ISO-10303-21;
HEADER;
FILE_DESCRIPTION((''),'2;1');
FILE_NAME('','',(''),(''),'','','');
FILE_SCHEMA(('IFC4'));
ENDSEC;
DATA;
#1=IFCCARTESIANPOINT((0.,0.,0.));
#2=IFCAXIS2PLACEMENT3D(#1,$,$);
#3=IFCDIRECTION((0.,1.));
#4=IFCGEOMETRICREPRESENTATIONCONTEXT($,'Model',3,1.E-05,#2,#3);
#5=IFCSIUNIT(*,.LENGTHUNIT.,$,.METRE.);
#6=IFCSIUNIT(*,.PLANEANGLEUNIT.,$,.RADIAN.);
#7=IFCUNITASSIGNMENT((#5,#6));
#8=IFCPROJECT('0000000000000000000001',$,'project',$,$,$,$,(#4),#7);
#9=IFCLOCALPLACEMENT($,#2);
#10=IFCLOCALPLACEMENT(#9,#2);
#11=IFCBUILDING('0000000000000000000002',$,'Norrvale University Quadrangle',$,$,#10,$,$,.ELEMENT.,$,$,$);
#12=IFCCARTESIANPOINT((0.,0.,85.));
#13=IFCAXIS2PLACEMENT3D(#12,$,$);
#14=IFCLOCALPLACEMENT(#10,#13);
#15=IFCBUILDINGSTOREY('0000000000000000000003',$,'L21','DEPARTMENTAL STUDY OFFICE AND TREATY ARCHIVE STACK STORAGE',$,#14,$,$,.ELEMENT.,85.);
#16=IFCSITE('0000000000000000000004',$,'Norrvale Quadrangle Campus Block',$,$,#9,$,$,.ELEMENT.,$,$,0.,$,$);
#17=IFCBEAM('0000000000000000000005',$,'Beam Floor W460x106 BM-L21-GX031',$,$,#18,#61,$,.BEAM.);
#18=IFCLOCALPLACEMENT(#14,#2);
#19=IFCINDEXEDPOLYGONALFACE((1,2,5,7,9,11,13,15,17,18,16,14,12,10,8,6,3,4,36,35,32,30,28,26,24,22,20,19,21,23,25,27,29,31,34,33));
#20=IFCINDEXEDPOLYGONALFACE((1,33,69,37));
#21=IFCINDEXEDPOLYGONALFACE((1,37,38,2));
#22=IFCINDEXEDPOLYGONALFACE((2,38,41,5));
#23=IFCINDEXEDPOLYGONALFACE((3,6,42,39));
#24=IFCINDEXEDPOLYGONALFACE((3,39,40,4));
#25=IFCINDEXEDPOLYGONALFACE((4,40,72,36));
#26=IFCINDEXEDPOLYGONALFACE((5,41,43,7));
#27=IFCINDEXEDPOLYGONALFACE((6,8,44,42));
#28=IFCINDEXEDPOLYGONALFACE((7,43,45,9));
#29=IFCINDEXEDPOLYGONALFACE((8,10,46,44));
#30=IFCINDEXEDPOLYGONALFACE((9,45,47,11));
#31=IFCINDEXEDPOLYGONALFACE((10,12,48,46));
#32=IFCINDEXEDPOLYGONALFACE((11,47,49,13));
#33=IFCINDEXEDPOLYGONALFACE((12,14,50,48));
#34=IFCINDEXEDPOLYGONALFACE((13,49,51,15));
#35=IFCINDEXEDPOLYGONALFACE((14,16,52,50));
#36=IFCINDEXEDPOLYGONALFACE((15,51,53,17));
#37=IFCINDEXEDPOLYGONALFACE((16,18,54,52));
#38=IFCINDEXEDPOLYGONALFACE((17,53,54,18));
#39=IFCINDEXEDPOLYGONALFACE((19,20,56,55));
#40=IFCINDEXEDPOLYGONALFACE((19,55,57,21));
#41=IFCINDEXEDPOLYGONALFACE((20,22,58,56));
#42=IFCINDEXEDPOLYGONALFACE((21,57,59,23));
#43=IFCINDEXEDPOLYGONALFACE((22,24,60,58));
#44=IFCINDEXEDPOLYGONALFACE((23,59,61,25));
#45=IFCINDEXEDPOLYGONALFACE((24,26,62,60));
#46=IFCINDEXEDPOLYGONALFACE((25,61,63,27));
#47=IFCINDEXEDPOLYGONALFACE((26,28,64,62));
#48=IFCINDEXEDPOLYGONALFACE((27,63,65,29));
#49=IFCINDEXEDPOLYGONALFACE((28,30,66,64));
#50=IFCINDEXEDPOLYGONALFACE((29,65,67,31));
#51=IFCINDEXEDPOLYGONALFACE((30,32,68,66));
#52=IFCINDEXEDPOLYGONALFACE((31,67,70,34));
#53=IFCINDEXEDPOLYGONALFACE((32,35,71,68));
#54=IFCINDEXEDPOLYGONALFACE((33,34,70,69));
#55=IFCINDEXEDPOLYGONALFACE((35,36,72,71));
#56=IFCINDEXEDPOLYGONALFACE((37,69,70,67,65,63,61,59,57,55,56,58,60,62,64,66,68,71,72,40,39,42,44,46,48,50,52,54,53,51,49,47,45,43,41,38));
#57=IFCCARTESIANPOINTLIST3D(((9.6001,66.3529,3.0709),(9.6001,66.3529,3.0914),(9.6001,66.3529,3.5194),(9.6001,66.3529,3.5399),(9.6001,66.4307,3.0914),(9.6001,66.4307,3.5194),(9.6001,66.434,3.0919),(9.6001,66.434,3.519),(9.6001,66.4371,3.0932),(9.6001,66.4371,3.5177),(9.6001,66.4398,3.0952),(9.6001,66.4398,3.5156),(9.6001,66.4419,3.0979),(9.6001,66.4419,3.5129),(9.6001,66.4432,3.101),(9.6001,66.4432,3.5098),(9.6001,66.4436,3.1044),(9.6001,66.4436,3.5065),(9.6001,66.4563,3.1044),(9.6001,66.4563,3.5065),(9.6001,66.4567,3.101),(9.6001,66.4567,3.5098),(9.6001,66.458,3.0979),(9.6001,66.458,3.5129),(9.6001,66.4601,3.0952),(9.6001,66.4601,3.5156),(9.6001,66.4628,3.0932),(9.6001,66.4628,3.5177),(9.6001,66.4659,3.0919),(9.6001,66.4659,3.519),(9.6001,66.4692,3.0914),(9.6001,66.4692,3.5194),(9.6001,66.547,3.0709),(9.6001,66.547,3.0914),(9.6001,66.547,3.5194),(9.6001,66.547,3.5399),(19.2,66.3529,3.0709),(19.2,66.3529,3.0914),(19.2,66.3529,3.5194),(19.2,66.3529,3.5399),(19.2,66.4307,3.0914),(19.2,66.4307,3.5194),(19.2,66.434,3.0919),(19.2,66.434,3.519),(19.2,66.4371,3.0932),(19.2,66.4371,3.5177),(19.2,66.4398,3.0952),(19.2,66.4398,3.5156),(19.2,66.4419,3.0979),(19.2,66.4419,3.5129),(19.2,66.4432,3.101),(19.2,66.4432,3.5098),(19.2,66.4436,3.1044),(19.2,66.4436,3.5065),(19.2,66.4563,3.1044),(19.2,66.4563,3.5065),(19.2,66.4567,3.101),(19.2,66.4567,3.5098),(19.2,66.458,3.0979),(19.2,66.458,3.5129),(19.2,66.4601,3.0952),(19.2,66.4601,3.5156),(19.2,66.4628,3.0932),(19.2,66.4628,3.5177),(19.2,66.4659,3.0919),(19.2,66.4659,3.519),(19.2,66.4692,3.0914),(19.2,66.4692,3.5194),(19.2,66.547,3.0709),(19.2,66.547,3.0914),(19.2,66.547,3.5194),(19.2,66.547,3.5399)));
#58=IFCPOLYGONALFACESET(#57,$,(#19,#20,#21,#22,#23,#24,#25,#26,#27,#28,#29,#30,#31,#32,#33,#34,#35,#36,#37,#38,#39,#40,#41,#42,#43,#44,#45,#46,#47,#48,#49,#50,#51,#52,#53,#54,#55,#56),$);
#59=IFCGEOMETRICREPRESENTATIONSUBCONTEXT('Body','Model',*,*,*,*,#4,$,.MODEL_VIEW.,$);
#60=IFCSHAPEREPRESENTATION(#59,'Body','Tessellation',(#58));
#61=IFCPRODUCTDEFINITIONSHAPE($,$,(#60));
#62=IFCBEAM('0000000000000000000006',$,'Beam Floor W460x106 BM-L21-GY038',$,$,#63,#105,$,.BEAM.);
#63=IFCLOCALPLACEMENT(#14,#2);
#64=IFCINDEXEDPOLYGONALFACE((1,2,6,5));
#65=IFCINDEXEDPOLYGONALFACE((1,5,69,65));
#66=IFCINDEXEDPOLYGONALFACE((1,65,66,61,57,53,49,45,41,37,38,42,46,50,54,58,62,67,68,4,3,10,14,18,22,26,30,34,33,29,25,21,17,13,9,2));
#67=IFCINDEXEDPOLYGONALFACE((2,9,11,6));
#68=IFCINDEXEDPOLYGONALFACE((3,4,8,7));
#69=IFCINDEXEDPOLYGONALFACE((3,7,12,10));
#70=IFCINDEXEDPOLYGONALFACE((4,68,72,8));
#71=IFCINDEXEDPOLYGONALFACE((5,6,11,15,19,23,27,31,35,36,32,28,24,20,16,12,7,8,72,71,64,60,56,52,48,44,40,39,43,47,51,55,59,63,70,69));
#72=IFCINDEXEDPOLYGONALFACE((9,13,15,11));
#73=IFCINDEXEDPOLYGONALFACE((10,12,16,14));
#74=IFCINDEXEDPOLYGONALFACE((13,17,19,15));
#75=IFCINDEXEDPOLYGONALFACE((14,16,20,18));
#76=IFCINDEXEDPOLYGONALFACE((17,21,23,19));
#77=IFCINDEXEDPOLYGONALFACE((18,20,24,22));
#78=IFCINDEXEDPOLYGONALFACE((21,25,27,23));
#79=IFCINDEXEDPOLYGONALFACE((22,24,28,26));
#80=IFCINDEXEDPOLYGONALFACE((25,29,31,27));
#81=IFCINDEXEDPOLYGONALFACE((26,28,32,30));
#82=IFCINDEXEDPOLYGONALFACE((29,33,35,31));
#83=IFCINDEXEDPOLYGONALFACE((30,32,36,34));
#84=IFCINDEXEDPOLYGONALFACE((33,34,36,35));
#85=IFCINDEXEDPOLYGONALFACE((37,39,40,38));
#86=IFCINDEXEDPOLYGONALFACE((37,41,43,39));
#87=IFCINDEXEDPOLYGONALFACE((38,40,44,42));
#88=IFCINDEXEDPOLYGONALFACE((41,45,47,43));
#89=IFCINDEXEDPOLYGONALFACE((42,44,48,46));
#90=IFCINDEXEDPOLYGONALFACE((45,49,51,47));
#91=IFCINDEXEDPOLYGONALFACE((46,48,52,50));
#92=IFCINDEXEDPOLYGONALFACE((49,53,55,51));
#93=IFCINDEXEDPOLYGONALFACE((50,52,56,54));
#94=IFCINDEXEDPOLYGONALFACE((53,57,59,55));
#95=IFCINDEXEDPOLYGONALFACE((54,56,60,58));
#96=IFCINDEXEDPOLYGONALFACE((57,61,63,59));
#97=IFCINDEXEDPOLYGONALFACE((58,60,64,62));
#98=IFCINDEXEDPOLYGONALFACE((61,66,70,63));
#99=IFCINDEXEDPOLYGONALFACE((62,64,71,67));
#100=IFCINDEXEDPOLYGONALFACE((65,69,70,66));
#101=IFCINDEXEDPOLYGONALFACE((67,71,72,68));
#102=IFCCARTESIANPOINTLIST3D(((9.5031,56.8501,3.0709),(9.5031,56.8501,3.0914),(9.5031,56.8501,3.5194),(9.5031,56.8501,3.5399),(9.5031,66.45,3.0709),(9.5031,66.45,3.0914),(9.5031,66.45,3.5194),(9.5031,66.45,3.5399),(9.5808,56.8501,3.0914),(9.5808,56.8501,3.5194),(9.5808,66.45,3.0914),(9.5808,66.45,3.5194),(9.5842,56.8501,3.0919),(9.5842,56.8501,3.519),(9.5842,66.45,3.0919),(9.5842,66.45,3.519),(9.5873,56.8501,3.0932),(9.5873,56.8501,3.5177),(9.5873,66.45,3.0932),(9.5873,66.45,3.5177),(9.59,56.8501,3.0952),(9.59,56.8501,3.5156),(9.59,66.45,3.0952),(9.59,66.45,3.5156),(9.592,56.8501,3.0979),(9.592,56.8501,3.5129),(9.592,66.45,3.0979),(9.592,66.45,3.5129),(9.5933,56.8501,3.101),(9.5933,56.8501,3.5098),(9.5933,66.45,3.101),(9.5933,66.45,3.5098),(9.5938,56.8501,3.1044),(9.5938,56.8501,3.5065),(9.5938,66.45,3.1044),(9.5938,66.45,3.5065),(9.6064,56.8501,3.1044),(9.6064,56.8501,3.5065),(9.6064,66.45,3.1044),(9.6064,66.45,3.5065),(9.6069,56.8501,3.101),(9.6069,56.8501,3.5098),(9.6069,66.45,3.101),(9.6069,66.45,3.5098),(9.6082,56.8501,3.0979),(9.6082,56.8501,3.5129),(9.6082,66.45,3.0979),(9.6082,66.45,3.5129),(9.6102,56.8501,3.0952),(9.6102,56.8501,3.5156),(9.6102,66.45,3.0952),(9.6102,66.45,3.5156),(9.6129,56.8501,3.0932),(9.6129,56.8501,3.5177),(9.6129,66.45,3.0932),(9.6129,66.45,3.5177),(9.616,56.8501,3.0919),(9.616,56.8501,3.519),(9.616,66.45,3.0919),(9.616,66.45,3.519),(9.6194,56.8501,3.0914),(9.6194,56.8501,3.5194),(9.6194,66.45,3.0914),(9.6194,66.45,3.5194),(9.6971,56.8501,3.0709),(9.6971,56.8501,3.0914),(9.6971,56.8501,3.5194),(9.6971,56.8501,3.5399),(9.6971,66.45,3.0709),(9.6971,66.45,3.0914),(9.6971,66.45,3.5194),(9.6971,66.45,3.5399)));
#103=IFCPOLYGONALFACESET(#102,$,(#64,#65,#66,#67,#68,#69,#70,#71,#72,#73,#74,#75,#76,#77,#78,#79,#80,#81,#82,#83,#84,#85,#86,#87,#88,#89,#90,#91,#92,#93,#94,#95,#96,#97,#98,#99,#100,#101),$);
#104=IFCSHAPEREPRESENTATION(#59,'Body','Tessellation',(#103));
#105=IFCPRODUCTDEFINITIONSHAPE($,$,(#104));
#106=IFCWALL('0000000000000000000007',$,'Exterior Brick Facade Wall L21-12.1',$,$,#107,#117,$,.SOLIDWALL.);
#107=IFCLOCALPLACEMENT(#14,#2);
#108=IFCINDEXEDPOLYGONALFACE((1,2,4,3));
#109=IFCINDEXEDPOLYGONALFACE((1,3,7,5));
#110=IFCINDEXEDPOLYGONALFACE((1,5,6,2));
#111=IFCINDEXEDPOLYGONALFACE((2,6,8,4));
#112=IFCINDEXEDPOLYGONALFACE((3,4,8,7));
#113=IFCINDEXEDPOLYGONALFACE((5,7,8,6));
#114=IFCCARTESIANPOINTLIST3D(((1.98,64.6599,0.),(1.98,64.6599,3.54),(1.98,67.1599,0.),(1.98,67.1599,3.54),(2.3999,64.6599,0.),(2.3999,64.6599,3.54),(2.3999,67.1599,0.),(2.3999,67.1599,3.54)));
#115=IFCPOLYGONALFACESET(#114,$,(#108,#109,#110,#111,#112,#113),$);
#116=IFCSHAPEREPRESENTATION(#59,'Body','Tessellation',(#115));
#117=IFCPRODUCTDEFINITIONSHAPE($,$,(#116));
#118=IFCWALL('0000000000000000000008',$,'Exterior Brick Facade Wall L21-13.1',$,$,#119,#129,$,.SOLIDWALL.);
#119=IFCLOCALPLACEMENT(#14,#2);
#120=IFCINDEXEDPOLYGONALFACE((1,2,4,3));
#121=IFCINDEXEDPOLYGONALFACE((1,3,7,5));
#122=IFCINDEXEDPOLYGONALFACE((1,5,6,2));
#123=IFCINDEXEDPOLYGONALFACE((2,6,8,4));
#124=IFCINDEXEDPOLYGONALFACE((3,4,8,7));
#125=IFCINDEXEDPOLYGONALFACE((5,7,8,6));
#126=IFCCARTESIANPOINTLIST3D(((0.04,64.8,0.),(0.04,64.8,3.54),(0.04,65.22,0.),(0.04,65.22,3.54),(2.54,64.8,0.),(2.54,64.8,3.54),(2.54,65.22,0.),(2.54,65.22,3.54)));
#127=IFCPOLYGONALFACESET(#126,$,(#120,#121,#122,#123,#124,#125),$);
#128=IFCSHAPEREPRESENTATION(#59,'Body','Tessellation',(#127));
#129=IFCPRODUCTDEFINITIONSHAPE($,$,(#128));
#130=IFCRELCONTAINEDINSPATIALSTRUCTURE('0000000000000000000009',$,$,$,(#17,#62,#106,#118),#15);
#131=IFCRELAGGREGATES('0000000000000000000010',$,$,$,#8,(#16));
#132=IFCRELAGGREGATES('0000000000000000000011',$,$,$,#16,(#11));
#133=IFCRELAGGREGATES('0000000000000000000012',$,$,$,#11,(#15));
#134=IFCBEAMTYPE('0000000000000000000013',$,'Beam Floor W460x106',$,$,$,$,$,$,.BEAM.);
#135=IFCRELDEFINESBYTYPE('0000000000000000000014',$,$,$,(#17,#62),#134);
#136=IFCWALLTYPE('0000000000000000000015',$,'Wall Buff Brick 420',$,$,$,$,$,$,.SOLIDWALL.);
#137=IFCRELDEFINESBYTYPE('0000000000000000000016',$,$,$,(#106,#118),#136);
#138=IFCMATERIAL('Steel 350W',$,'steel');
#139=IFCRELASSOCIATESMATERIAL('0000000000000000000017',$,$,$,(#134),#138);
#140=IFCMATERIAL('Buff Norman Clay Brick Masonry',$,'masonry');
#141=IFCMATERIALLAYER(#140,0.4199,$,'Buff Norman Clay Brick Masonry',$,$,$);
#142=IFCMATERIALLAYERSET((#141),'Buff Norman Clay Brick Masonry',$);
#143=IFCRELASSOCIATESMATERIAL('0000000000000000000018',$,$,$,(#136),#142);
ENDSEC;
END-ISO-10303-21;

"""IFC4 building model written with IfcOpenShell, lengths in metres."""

from ifc_helpers import new_model, si_unit, direction, frame, frame_2d, origin, origin_2d, place, context, subcontext, project, spatial, rectangle, i_section, extrude, material, layer, layer_set, material_profile, profile_set, type_object, element, save


model = new_model("IFC4")

# Units and contexts
model_context = context("Model", 3, precision=1e-05, world=origin(), true_north=direction((0.0, 1.0)))
body_context = subcontext(model_context, "Body", "Model", "MODEL_VIEW")
ifc_project = project(units=[si_unit("LENGTHUNIT", "METRE"), si_unit("PLANEANGLEUNIT", "RADIAN")], contexts=[model_context])

# Site, building, storey
site_placement = place(None, origin())
site = spatial("IfcSite", under=ifc_project, at=site_placement, Name="Norrvale Quadrangle Campus Block", CompositionType="ELEMENT", RefElevation=0.0)
building_placement = place(site_placement, origin())
building = spatial("IfcBuilding", under=site, at=building_placement, Name="Norrvale University Quadrangle", CompositionType="ELEMENT")
storey_placement = place(building_placement, frame((0.0, 0.0, 85.0)))
storey = spatial("IfcBuildingStorey", under=building, at=storey_placement, Name="L21", Description="DEPARTMENTAL STUDY OFFICE AND TREATY ARCHIVE STACK STORAGE", CompositionType="ELEMENT", Elevation=85.0)

# Beams
ifc_material_1 = material(Name="Steel 350W", Category="steel")
ifc_material_profile_1 = material_profile(ifc_material_1, i_section(OverallWidth=0.1941, OverallDepth=0.469, WebThickness=0.0127, FlangeThickness=0.0205, FilletRadius=0.0129, at=origin_2d()), Name="Steel 350W")
ifc_profile_set_1 = profile_set([ifc_material_profile_1], Name="Steel 350W")
beam_type_1 = type_object("IfcBeamType", Name="Beam Floor W460x106", PredefinedType="BEAM", material=ifc_profile_set_1)
for number, where, z_axis, x_axis, name in (
    (1, (9.6001, 66.45, 3.3054), (1.0, 0.0, 0.0), (0.0, 1.0, 0.0), "Beam Floor W460x106 BM-L21-GX031"),
    (2, (9.6001, 56.8501, 3.3054), (0.0, 1.0, 0.0), (-1.0, 0.0, 0.0), "Beam Floor W460x106 BM-L21-GY038"),
):
    element("IfcBeam", number, at=place(storey_placement, frame(where, z_axis=z_axis, x_axis=x_axis)), inside=storey, type_object=beam_type_1, Name=name, PredefinedType="BEAM", context=body_context, shape_type="SweptSolid", body=[
        extrude(i_section(OverallWidth=0.1941, OverallDepth=0.469, WebThickness=0.0127, FlangeThickness=0.0205, FilletRadius=0.0129, at=origin_2d()), origin(), (0.0, 0.0, 1.0), 9.5999),
    ])

# Walls
ifc_material_2 = material(Name="Buff Norman Clay Brick Masonry", Category="masonry")
ifc_layer = layer(ifc_material_2, 0.4199, Name="Buff Norman Clay Brick Masonry")
ifc_layer_set = layer_set([ifc_layer], Name="Buff Norman Clay Brick Masonry")
wall_type = type_object("IfcWallType", Name="Wall Buff Brick 420", PredefinedType="SOLIDWALL", material=ifc_layer_set)
for number, where, z_axis, x_axis, name in (
    (3, (2.1899, 67.1599, 0.0), (0.0, 0.0, 1.0), (0.0, -1.0, 0.0), "Exterior Brick Facade Wall L21-12.1"),
    (4, (2.54, 65.01, 0.0), (0.0, 0.0, 1.0), (-1.0, 0.0, 0.0), "Exterior Brick Facade Wall L21-13.1"),
):
    element("IfcWall", number, at=place(storey_placement, frame(where, z_axis=z_axis, x_axis=x_axis)), inside=storey, type_object=wall_type, Name=name, PredefinedType="SOLIDWALL", context=body_context, shape_type="SweptSolid", body=[
        extrude(rectangle(XDim=2.5, YDim=0.4199, at=frame_2d((1.25, 0.0))), origin(), (0.0, 0.0, 1.0), 3.54),
    ])

save(model, "model.ifc")
